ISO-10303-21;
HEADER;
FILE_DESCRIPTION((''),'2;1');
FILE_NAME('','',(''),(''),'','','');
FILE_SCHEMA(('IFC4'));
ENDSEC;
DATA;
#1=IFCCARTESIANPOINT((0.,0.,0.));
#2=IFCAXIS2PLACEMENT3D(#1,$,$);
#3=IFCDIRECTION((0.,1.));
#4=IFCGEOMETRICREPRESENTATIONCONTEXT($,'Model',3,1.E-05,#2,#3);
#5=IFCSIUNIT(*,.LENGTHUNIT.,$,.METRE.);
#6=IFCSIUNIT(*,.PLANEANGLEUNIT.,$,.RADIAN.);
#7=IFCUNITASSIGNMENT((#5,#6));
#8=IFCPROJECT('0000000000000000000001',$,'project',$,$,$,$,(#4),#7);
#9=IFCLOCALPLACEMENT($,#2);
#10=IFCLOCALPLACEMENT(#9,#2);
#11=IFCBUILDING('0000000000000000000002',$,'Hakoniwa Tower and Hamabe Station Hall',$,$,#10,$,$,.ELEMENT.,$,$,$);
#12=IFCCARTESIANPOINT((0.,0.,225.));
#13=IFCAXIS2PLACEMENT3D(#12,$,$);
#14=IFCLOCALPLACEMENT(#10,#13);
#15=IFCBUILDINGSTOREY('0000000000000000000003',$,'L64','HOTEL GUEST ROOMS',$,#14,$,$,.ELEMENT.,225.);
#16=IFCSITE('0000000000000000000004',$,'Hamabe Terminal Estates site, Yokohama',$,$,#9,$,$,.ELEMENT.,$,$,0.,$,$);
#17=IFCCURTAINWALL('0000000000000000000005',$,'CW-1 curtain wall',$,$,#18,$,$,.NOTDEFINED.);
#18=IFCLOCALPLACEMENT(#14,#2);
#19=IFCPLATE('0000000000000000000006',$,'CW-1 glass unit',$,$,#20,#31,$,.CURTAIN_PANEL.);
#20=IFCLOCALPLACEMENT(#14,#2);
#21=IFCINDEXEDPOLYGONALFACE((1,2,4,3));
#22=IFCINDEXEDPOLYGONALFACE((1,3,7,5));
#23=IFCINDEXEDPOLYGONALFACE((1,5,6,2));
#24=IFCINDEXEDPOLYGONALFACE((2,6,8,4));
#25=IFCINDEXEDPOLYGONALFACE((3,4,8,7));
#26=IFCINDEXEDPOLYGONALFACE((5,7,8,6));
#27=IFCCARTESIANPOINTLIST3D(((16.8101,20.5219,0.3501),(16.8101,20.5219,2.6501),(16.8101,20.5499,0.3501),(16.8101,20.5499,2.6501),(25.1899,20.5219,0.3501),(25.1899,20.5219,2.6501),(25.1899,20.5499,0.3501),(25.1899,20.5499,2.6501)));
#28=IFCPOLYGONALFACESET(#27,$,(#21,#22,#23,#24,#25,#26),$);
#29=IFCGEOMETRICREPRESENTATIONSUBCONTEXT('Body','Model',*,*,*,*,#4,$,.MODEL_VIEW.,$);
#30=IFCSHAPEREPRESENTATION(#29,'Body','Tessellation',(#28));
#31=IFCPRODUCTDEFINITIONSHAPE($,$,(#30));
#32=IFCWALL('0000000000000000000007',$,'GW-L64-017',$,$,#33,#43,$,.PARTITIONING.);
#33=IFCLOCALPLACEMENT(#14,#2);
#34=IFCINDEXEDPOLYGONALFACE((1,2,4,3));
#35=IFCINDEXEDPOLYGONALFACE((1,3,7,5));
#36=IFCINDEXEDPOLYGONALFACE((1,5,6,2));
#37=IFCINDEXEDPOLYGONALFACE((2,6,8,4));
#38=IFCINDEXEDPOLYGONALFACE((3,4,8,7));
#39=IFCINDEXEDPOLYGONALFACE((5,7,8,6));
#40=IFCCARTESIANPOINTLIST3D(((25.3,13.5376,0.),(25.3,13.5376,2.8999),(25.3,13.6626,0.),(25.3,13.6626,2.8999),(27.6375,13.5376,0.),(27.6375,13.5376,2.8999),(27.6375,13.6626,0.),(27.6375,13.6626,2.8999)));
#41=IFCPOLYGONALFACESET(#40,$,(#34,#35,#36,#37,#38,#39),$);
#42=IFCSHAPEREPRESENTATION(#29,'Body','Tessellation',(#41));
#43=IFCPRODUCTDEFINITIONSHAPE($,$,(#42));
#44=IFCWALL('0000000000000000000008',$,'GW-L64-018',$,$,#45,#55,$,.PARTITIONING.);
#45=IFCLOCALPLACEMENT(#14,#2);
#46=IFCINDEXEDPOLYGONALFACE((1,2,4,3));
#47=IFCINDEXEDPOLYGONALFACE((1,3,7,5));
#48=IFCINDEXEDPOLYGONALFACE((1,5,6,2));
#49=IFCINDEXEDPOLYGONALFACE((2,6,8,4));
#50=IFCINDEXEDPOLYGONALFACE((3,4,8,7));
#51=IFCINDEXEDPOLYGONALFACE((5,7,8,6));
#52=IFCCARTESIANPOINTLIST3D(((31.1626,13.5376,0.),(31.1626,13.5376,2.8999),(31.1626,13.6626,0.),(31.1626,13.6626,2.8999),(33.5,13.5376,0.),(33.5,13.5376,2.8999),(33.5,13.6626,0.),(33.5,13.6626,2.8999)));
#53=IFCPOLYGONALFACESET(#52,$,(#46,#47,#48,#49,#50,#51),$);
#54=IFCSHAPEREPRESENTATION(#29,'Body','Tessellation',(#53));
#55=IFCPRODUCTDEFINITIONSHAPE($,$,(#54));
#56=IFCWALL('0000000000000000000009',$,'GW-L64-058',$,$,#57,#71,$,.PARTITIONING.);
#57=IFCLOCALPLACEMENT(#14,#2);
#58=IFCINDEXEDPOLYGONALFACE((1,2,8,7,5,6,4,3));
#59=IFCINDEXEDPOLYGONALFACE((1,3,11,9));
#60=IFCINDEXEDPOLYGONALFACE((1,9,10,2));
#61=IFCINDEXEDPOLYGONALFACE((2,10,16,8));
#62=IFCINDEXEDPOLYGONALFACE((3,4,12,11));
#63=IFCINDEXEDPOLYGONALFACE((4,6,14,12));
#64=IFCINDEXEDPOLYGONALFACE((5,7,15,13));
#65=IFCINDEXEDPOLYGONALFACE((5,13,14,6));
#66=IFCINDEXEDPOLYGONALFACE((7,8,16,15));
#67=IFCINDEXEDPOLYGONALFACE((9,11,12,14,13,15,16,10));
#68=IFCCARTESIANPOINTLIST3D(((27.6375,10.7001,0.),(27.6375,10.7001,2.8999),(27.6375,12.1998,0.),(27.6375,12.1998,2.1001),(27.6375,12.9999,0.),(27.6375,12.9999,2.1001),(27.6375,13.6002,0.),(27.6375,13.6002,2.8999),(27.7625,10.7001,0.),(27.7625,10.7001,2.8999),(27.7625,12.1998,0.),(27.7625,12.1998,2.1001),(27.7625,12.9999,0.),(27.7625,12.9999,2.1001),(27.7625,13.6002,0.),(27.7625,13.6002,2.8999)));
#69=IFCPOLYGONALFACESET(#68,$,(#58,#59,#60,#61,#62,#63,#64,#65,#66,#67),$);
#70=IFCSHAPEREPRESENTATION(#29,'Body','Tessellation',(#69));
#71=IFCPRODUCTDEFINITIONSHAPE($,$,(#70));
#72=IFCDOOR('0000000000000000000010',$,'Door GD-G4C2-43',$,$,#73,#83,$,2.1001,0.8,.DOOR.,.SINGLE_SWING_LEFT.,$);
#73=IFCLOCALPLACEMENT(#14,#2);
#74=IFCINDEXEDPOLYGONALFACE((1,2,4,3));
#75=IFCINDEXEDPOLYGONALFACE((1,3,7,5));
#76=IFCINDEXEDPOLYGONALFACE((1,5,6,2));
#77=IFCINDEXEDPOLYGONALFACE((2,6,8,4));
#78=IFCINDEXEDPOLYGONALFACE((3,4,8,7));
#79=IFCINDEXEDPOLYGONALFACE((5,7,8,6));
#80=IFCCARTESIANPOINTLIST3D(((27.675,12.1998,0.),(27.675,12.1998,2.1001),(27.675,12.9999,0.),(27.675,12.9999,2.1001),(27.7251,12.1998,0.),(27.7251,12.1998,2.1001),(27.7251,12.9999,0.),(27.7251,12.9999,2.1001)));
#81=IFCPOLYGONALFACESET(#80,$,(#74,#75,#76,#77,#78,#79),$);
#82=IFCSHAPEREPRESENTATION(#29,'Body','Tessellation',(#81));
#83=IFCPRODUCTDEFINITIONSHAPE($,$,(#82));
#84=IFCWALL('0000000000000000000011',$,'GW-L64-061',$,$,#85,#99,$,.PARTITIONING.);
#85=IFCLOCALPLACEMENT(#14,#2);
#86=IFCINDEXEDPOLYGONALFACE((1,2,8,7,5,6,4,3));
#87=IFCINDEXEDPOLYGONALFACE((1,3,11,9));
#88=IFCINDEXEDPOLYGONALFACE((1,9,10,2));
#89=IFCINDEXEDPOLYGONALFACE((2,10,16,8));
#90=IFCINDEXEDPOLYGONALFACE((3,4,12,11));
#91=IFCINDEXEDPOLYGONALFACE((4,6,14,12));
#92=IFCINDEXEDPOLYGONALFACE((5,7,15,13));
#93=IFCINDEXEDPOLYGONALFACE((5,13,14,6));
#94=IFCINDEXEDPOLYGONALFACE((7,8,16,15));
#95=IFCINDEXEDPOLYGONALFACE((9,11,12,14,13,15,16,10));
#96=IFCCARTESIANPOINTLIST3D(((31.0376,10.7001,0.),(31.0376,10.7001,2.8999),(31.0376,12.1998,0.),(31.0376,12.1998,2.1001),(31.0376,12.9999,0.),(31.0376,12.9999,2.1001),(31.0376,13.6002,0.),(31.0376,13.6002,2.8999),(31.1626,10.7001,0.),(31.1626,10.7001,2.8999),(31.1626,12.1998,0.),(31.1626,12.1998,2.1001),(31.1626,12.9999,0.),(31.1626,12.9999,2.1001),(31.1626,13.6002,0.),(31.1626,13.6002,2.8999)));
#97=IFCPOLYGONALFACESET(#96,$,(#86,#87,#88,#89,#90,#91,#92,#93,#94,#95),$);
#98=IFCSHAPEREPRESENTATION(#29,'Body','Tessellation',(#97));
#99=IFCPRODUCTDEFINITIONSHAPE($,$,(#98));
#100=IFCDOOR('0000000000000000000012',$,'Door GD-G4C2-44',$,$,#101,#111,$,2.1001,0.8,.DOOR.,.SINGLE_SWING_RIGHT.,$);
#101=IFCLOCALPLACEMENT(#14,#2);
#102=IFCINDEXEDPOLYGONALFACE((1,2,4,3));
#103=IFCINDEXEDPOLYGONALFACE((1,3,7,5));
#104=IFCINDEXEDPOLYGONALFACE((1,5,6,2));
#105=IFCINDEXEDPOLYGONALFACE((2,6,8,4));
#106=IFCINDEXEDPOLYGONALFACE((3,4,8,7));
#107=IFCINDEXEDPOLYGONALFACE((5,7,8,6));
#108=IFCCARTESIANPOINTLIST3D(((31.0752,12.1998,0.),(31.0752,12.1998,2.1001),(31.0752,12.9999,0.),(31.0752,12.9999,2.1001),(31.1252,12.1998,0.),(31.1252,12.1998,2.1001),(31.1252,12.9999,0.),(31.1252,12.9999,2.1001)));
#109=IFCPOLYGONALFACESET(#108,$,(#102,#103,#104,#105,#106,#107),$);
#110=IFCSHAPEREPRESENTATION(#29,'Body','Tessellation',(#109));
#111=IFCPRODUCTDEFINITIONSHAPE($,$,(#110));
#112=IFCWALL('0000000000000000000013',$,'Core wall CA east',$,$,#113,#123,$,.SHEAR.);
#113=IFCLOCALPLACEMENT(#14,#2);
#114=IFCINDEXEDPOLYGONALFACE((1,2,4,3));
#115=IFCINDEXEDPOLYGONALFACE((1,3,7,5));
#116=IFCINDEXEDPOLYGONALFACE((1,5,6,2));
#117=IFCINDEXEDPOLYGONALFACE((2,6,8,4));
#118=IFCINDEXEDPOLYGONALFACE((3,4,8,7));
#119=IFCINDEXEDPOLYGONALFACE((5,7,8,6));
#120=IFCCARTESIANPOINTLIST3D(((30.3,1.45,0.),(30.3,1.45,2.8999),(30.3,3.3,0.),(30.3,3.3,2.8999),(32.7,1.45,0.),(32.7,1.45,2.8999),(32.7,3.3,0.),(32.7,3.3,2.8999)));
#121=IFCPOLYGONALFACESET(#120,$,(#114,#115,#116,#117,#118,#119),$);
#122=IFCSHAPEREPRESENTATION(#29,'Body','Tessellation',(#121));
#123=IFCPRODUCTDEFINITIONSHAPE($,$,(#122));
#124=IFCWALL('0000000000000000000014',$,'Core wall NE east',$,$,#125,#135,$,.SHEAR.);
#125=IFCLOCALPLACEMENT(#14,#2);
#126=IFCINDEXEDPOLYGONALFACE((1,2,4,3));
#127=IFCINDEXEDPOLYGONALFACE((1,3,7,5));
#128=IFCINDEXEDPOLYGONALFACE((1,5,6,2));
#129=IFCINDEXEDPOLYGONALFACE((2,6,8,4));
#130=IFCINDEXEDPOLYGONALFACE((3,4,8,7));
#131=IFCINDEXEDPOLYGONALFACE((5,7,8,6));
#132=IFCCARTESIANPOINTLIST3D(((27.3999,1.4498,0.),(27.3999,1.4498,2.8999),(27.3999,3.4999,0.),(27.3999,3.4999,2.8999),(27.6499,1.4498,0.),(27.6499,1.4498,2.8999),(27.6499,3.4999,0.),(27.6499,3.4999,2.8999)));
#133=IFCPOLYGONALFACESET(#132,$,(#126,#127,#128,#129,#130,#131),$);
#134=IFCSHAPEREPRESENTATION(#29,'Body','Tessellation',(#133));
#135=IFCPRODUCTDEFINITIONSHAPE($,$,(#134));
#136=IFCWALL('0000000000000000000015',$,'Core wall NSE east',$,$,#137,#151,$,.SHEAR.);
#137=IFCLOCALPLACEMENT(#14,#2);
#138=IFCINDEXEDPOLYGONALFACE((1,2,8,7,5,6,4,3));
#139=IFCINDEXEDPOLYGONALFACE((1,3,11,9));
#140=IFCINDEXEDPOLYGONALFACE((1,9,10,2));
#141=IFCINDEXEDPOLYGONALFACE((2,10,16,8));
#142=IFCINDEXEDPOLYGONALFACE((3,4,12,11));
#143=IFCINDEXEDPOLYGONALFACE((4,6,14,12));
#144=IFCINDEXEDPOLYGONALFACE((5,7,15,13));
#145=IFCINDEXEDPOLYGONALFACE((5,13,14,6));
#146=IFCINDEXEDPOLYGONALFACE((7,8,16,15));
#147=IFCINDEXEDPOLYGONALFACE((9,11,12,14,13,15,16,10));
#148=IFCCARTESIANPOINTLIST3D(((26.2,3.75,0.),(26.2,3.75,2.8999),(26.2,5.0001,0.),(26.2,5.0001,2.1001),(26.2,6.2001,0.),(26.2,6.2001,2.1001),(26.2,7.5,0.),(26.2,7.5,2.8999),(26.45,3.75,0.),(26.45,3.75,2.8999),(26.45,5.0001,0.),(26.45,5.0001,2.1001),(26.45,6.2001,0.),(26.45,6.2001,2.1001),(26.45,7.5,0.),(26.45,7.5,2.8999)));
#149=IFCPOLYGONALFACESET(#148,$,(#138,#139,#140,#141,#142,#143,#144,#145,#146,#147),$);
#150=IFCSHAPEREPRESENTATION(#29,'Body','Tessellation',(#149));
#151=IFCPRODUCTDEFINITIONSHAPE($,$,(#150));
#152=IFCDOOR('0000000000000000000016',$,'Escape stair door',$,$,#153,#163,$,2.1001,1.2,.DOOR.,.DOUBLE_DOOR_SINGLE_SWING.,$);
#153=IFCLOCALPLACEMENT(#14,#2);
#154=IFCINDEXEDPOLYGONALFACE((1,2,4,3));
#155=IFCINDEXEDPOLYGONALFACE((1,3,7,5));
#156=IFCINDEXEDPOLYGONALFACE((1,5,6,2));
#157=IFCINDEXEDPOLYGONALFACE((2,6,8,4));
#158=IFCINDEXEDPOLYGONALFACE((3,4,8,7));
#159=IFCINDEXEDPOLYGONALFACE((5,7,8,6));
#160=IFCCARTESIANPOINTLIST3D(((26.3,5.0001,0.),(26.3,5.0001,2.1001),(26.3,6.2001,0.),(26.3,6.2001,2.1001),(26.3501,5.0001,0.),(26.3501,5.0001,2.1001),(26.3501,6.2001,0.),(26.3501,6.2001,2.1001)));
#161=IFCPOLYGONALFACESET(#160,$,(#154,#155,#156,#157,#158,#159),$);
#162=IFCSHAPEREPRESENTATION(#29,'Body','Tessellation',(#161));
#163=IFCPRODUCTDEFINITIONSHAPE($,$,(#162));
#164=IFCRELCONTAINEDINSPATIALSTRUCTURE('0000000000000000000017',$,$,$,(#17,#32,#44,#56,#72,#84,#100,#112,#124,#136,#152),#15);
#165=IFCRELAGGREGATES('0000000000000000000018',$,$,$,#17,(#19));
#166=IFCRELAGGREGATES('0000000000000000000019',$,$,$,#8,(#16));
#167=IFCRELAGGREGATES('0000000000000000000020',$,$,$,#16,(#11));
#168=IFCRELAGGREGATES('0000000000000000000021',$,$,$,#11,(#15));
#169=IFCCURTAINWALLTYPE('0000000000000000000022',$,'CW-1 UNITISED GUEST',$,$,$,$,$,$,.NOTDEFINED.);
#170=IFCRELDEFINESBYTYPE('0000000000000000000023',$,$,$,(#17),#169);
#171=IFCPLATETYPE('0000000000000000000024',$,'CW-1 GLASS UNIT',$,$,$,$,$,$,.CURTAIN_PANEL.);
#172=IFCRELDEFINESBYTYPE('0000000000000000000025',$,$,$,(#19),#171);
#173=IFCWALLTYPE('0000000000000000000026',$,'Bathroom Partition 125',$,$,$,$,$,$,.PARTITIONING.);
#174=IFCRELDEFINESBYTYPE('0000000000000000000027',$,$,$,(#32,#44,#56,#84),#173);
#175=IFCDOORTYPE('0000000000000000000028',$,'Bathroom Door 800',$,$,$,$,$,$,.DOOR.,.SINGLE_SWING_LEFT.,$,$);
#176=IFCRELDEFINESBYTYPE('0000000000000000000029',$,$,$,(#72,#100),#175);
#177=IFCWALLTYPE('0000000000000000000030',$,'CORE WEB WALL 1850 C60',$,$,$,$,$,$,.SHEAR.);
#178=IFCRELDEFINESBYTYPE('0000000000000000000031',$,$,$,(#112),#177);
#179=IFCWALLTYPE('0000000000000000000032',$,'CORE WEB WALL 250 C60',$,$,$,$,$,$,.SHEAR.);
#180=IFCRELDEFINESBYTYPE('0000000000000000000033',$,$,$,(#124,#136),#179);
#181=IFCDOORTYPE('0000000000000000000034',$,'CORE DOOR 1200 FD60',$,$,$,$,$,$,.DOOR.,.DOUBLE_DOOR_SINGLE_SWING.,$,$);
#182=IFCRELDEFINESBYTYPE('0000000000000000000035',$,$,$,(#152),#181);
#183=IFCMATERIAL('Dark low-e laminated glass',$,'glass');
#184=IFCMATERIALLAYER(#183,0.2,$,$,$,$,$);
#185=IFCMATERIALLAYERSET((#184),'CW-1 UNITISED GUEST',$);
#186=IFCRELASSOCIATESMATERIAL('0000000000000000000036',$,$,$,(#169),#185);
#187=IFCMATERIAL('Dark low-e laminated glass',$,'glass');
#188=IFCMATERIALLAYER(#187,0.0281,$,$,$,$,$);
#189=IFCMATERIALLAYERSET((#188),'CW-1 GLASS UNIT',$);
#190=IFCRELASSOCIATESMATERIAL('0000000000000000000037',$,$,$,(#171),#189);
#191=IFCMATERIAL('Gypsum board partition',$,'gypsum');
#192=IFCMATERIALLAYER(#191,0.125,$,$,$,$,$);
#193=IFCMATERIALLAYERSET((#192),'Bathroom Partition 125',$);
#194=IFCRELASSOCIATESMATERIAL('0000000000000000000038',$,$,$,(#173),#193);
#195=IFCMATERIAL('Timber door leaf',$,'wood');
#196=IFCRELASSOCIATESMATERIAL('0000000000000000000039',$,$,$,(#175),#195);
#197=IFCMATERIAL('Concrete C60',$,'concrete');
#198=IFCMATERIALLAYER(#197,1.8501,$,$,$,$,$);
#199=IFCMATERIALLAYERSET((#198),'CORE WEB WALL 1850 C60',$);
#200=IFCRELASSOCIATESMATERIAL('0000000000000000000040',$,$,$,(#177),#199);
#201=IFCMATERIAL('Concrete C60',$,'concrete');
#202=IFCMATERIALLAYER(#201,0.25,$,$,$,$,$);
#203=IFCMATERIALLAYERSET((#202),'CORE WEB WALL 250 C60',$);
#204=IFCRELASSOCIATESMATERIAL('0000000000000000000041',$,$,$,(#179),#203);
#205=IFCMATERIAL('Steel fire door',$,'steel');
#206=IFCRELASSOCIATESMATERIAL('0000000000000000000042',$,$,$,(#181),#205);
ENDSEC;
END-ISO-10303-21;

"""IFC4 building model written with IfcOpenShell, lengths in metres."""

from ifc_helpers import new_model, si_unit, direction, frame, frame_2d, origin, origin_2d, place, context, subcontext, project, spatial, rectangle, extrude, material, layer, layer_set, type_object, element, fill, aggregate, save


model = new_model("IFC4")

# Units and contexts
model_context = context("Model", 3, precision=1e-05, world=origin(), true_north=direction((0.0, 1.0)))
body_context = subcontext(model_context, "Body", "Model", "MODEL_VIEW")
ifc_project = project(units=[si_unit("LENGTHUNIT", "METRE"), si_unit("PLANEANGLEUNIT", "RADIAN")], contexts=[model_context])

# Site, building, storey
site_placement = place(None, origin())
site = spatial("IfcSite", under=ifc_project, at=site_placement, Name="Hamabe Terminal Estates site, Yokohama", CompositionType="ELEMENT", RefElevation=0.0)
building_placement = place(site_placement, origin())
building = spatial("IfcBuilding", under=site, at=building_placement, Name="Hakoniwa Tower and Hamabe Station Hall", CompositionType="ELEMENT")
storey_placement = place(building_placement, frame((0.0, 0.0, 225.0)))
storey = spatial("IfcBuildingStorey", under=building, at=storey_placement, Name="L64", Description="HOTEL GUEST ROOMS", CompositionType="ELEMENT", Elevation=225.0)

# Curtain wall
ifc_material_1 = material(Name="Dark low-e laminated glass", Category="glass")
ifc_layer_1 = layer(ifc_material_1, 0.2)
ifc_layer_set_1 = layer_set([ifc_layer_1], Name="CW-1 UNITISED GUEST")
curtain_wall_type = type_object("IfcCurtainWallType", Name="CW-1 UNITISED GUEST", PredefinedType="NOTDEFINED", material=ifc_layer_set_1)
curtain_wall_1_placement = place(storey_placement, origin())
curtain_wall_1 = element("IfcCurtainWall", 1, at=curtain_wall_1_placement, inside=storey, type_object=curtain_wall_type, Name="CW-1 curtain wall", PredefinedType="NOTDEFINED")

# Plate
ifc_material_2 = material(Name="Dark low-e laminated glass", Category="glass")
ifc_layer_2 = layer(ifc_material_2, 0.0281)
ifc_layer_set_2 = layer_set([ifc_layer_2], Name="CW-1 GLASS UNIT")
plate_type = type_object("IfcPlateType", Name="CW-1 GLASS UNIT", PredefinedType="CURTAIN_PANEL", material=ifc_layer_set_2)
plate_1_placement = place(storey_placement, frame((21.0, 20.5359, 0.3501), z_axis=(0.0, 0.0, 1.0), x_axis=(-1.0, 0.0, 0.0)))
plate_1 = element("IfcPlate", 2, at=plate_1_placement, type_object=plate_type, Name="CW-1 glass unit", PredefinedType="CURTAIN_PANEL", context=body_context, shape_type="SweptSolid", body=[
    extrude(rectangle(XDim=8.3799, YDim=0.0281, at=origin_2d()), origin(), (0.0, 0.0, 1.0), 2.3),
])
aggregate(curtain_wall_1, [plate_1])

# Walls
ifc_material_3 = material(Name="Gypsum board partition", Category="gypsum")
ifc_layer_3 = layer(ifc_material_3, 0.125)
ifc_layer_set_3 = layer_set([ifc_layer_3], Name="Bathroom Partition 125")
wall_type_1 = type_object("IfcWallType", Name="Bathroom Partition 125", PredefinedType="PARTITIONING", material=ifc_layer_set_3)
for number, where, z_axis, x_axis, name in (
    (3, (25.3, 13.6001, 0.0), (0.0, 0.0, 1.0), (1.0, 0.0, 0.0), "GW-L64-017"),
    (4, (31.1626, 13.6001, 0.0), (0.0, 0.0, 1.0), (1.0, 0.0, 0.0), "GW-L64-018"),
):
    element("IfcWall", number, at=place(storey_placement, frame(where, z_axis=z_axis, x_axis=x_axis)), inside=storey, type_object=wall_type_1, Name=name, PredefinedType="PARTITIONING", context=body_context, shape_type="SweptSolid", body=[
        extrude(rectangle(XDim=2.3374, YDim=0.125, at=frame_2d((1.1687, 0.0))), origin(), (0.0, 0.0, 1.0), 2.8999),
    ])

# Walls, openings, doors
wall_1_placement = place(storey_placement, frame((27.7, 10.7, 0.0), z_axis=(0.0, 0.0, 1.0), x_axis=(0.0, 1.0, 0.0)))
wall_1 = element("IfcWall", 5, at=wall_1_placement, inside=storey, type_object=wall_type_1, Name="GW-L64-058", PredefinedType="PARTITIONING", context=body_context, shape_type="SweptSolid", body=[
    extrude(rectangle(XDim=2.9001, YDim=0.125, at=frame_2d((1.4502, 0.0))), origin(), (0.0, 0.0, 1.0), 2.8999),
])
opening_1_placement = place(wall_1_placement, frame((1.5, 0.0, 0.0)))
opening_1 = element("IfcOpeningElement", 6, at=opening_1_placement, cuts=wall_1, PredefinedType="OPENING", context=body_context, shape_type="SweptSolid", body=[
    extrude(rectangle(XDim=0.8, YDim=2.1001, at=frame_2d((0.3999, 1.05))), frame((0.0, 0.0725, 0.0), z_axis=(0.0, -1.0, 0.0), x_axis=(1.0, 0.0, 0.0)), (0.0, 0.0, 1.0), 0.145),
])
ifc_material_4 = material(Name="Timber door leaf", Category="wood")
door_type_1 = type_object("IfcDoorType", Name="Bathroom Door 800", OperationType="SINGLE_SWING_LEFT", PredefinedType="DOOR", material=ifc_material_4)
door_1_placement = place(opening_1_placement, origin())
door_1 = element("IfcDoor", 7, at=door_1_placement, inside=storey, type_object=door_type_1, Name="Door GD-G4C2-43", OperationType="SINGLE_SWING_LEFT", OverallHeight=2.1001, OverallWidth=0.8, PredefinedType="DOOR", context=body_context, shape_type="SweptSolid", body=[
    extrude(rectangle(XDim=0.8, YDim=2.1001, at=frame_2d((0.3999, 1.05))), frame((0.0, 0.0249, 0.0), z_axis=(0.0, -1.0, 0.0), x_axis=(1.0, 0.0, 0.0)), (0.0, 0.0, 1.0), 0.05),
])
fill(opening_1, door_1)
wall_2_placement = place(storey_placement, frame((31.1001, 10.7, 0.0), z_axis=(0.0, 0.0, 1.0), x_axis=(0.0, 1.0, 0.0)))
wall_2 = element("IfcWall", 8, at=wall_2_placement, inside=storey, type_object=wall_type_1, Name="GW-L64-061", PredefinedType="PARTITIONING", context=body_context, shape_type="SweptSolid", body=[
    extrude(rectangle(XDim=2.9001, YDim=0.125, at=frame_2d((1.4502, 0.0))), origin(), (0.0, 0.0, 1.0), 2.8999),
])
opening_2_placement = place(wall_2_placement, frame((1.5, 0.0, 0.0)))
opening_2 = element("IfcOpeningElement", 9, at=opening_2_placement, cuts=wall_2, PredefinedType="OPENING", context=body_context, shape_type="SweptSolid", body=[
    extrude(rectangle(XDim=0.8, YDim=2.1001, at=frame_2d((0.3999, 1.05))), frame((0.0, 0.0725, 0.0), z_axis=(0.0, -1.0, 0.0), x_axis=(1.0, 0.0, 0.0)), (0.0, 0.0, 1.0), 0.145),
])
door_2_placement = place(opening_2_placement, origin())
door_2 = element("IfcDoor", 10, at=door_2_placement, inside=storey, type_object=door_type_1, Name="Door GD-G4C2-44", OperationType="SINGLE_SWING_RIGHT", OverallHeight=2.1001, OverallWidth=0.8, PredefinedType="DOOR", context=body_context, shape_type="SweptSolid", body=[
    extrude(rectangle(XDim=0.8, YDim=2.1001, at=frame_2d((0.3999, 1.05))), frame((0.0, 0.0249, 0.0), z_axis=(0.0, -1.0, 0.0), x_axis=(1.0, 0.0, 0.0)), (0.0, 0.0, 1.0), 0.05),
])
fill(opening_2, door_2)

# Walls
ifc_material_5 = material(Name="Concrete C60", Category="concrete")
ifc_layer_4 = layer(ifc_material_5, 1.8501)
ifc_layer_set_4 = layer_set([ifc_layer_4], Name="CORE WEB WALL 1850 C60")
wall_type_2 = type_object("IfcWallType", Name="CORE WEB WALL 1850 C60", PredefinedType="SHEAR", material=ifc_layer_set_4)
wall_3_placement = place(storey_placement, frame((30.3, 2.375, 0.0), z_axis=(0.0, 0.0, 1.0), x_axis=(1.0, 0.0, 0.0)))
element("IfcWall", 11, at=wall_3_placement, inside=storey, type_object=wall_type_2, Name="Core wall CA east", PredefinedType="SHEAR", context=body_context, shape_type="SweptSolid", body=[
    extrude(rectangle(XDim=2.3999, YDim=1.8501, at=frame_2d((1.2, 0.0))), origin(), (0.0, 0.0, 1.0), 2.8999),
])
ifc_material_6 = material(Name="Concrete C60", Category="concrete")
ifc_layer_5 = layer(ifc_material_6, 0.25)
ifc_layer_set_5 = layer_set([ifc_layer_5], Name="CORE WEB WALL 250 C60")
wall_type_3 = type_object("IfcWallType", Name="CORE WEB WALL 250 C60", PredefinedType="SHEAR", material=ifc_layer_set_5)
wall_4_placement = place(storey_placement, frame((27.5249, 1.45, 0.0), z_axis=(0.0, 0.0, 1.0), x_axis=(0.0, 1.0, 0.0)))
element("IfcWall", 12, at=wall_4_placement, inside=storey, type_object=wall_type_3, Name="Core wall NE east", PredefinedType="SHEAR", context=body_context, shape_type="SweptSolid", body=[
    extrude(rectangle(XDim=2.05, YDim=0.25, at=frame_2d((1.0249, 0.0))), origin(), (0.0, 0.0, 1.0), 2.8999),
])

# Wall, opening, door
wall_5_placement = place(storey_placement, frame((26.325, 3.75, 0.0), z_axis=(0.0, 0.0, 1.0), x_axis=(0.0, 1.0, 0.0)))
wall_5 = element("IfcWall", 13, at=wall_5_placement, inside=storey, type_object=wall_type_3, Name="Core wall NSE east", PredefinedType="SHEAR", context=body_context, shape_type="SweptSolid", body=[
    extrude(rectangle(XDim=3.75, YDim=0.25, at=frame_2d((1.875, 0.0))), origin(), (0.0, 0.0, 1.0), 2.8999),
])
opening_3_placement = place(wall_5_placement, frame((1.25, 0.0, 0.0)))
opening_3 = element("IfcOpeningElement", 14, at=opening_3_placement, cuts=wall_5, PredefinedType="OPENING", context=body_context, shape_type="SweptSolid", body=[
    extrude(rectangle(XDim=1.2, YDim=2.1001, at=frame_2d((0.6001, 1.05))), frame((0.0, 0.135, 0.0), z_axis=(0.0, -1.0, 0.0), x_axis=(1.0, 0.0, 0.0)), (0.0, 0.0, 1.0), 0.27),
])
ifc_material_7 = material(Name="Steel fire door", Category="steel")
door_type_2 = type_object("IfcDoorType", Name="CORE DOOR 1200 FD60", OperationType="DOUBLE_DOOR_SINGLE_SWING", PredefinedType="DOOR", material=ifc_material_7)
door_3_placement = place(opening_3_placement, origin())
door_3 = element("IfcDoor", 15, at=door_3_placement, inside=storey, type_object=door_type_2, Name="Escape stair door", OperationType="DOUBLE_DOOR_SINGLE_SWING", OverallHeight=2.1001, OverallWidth=1.2, PredefinedType="DOOR", context=body_context, shape_type="SweptSolid", body=[
    extrude(rectangle(XDim=1.2, YDim=2.1001, at=frame_2d((0.6001, 1.05))), frame((0.0, 0.0249, 0.0), z_axis=(0.0, -1.0, 0.0), x_axis=(1.0, 0.0, 0.0)), (0.0, 0.0, 1.0), 0.05),
])
fill(opening_3, door_3)

save(model, "model.ifc")
